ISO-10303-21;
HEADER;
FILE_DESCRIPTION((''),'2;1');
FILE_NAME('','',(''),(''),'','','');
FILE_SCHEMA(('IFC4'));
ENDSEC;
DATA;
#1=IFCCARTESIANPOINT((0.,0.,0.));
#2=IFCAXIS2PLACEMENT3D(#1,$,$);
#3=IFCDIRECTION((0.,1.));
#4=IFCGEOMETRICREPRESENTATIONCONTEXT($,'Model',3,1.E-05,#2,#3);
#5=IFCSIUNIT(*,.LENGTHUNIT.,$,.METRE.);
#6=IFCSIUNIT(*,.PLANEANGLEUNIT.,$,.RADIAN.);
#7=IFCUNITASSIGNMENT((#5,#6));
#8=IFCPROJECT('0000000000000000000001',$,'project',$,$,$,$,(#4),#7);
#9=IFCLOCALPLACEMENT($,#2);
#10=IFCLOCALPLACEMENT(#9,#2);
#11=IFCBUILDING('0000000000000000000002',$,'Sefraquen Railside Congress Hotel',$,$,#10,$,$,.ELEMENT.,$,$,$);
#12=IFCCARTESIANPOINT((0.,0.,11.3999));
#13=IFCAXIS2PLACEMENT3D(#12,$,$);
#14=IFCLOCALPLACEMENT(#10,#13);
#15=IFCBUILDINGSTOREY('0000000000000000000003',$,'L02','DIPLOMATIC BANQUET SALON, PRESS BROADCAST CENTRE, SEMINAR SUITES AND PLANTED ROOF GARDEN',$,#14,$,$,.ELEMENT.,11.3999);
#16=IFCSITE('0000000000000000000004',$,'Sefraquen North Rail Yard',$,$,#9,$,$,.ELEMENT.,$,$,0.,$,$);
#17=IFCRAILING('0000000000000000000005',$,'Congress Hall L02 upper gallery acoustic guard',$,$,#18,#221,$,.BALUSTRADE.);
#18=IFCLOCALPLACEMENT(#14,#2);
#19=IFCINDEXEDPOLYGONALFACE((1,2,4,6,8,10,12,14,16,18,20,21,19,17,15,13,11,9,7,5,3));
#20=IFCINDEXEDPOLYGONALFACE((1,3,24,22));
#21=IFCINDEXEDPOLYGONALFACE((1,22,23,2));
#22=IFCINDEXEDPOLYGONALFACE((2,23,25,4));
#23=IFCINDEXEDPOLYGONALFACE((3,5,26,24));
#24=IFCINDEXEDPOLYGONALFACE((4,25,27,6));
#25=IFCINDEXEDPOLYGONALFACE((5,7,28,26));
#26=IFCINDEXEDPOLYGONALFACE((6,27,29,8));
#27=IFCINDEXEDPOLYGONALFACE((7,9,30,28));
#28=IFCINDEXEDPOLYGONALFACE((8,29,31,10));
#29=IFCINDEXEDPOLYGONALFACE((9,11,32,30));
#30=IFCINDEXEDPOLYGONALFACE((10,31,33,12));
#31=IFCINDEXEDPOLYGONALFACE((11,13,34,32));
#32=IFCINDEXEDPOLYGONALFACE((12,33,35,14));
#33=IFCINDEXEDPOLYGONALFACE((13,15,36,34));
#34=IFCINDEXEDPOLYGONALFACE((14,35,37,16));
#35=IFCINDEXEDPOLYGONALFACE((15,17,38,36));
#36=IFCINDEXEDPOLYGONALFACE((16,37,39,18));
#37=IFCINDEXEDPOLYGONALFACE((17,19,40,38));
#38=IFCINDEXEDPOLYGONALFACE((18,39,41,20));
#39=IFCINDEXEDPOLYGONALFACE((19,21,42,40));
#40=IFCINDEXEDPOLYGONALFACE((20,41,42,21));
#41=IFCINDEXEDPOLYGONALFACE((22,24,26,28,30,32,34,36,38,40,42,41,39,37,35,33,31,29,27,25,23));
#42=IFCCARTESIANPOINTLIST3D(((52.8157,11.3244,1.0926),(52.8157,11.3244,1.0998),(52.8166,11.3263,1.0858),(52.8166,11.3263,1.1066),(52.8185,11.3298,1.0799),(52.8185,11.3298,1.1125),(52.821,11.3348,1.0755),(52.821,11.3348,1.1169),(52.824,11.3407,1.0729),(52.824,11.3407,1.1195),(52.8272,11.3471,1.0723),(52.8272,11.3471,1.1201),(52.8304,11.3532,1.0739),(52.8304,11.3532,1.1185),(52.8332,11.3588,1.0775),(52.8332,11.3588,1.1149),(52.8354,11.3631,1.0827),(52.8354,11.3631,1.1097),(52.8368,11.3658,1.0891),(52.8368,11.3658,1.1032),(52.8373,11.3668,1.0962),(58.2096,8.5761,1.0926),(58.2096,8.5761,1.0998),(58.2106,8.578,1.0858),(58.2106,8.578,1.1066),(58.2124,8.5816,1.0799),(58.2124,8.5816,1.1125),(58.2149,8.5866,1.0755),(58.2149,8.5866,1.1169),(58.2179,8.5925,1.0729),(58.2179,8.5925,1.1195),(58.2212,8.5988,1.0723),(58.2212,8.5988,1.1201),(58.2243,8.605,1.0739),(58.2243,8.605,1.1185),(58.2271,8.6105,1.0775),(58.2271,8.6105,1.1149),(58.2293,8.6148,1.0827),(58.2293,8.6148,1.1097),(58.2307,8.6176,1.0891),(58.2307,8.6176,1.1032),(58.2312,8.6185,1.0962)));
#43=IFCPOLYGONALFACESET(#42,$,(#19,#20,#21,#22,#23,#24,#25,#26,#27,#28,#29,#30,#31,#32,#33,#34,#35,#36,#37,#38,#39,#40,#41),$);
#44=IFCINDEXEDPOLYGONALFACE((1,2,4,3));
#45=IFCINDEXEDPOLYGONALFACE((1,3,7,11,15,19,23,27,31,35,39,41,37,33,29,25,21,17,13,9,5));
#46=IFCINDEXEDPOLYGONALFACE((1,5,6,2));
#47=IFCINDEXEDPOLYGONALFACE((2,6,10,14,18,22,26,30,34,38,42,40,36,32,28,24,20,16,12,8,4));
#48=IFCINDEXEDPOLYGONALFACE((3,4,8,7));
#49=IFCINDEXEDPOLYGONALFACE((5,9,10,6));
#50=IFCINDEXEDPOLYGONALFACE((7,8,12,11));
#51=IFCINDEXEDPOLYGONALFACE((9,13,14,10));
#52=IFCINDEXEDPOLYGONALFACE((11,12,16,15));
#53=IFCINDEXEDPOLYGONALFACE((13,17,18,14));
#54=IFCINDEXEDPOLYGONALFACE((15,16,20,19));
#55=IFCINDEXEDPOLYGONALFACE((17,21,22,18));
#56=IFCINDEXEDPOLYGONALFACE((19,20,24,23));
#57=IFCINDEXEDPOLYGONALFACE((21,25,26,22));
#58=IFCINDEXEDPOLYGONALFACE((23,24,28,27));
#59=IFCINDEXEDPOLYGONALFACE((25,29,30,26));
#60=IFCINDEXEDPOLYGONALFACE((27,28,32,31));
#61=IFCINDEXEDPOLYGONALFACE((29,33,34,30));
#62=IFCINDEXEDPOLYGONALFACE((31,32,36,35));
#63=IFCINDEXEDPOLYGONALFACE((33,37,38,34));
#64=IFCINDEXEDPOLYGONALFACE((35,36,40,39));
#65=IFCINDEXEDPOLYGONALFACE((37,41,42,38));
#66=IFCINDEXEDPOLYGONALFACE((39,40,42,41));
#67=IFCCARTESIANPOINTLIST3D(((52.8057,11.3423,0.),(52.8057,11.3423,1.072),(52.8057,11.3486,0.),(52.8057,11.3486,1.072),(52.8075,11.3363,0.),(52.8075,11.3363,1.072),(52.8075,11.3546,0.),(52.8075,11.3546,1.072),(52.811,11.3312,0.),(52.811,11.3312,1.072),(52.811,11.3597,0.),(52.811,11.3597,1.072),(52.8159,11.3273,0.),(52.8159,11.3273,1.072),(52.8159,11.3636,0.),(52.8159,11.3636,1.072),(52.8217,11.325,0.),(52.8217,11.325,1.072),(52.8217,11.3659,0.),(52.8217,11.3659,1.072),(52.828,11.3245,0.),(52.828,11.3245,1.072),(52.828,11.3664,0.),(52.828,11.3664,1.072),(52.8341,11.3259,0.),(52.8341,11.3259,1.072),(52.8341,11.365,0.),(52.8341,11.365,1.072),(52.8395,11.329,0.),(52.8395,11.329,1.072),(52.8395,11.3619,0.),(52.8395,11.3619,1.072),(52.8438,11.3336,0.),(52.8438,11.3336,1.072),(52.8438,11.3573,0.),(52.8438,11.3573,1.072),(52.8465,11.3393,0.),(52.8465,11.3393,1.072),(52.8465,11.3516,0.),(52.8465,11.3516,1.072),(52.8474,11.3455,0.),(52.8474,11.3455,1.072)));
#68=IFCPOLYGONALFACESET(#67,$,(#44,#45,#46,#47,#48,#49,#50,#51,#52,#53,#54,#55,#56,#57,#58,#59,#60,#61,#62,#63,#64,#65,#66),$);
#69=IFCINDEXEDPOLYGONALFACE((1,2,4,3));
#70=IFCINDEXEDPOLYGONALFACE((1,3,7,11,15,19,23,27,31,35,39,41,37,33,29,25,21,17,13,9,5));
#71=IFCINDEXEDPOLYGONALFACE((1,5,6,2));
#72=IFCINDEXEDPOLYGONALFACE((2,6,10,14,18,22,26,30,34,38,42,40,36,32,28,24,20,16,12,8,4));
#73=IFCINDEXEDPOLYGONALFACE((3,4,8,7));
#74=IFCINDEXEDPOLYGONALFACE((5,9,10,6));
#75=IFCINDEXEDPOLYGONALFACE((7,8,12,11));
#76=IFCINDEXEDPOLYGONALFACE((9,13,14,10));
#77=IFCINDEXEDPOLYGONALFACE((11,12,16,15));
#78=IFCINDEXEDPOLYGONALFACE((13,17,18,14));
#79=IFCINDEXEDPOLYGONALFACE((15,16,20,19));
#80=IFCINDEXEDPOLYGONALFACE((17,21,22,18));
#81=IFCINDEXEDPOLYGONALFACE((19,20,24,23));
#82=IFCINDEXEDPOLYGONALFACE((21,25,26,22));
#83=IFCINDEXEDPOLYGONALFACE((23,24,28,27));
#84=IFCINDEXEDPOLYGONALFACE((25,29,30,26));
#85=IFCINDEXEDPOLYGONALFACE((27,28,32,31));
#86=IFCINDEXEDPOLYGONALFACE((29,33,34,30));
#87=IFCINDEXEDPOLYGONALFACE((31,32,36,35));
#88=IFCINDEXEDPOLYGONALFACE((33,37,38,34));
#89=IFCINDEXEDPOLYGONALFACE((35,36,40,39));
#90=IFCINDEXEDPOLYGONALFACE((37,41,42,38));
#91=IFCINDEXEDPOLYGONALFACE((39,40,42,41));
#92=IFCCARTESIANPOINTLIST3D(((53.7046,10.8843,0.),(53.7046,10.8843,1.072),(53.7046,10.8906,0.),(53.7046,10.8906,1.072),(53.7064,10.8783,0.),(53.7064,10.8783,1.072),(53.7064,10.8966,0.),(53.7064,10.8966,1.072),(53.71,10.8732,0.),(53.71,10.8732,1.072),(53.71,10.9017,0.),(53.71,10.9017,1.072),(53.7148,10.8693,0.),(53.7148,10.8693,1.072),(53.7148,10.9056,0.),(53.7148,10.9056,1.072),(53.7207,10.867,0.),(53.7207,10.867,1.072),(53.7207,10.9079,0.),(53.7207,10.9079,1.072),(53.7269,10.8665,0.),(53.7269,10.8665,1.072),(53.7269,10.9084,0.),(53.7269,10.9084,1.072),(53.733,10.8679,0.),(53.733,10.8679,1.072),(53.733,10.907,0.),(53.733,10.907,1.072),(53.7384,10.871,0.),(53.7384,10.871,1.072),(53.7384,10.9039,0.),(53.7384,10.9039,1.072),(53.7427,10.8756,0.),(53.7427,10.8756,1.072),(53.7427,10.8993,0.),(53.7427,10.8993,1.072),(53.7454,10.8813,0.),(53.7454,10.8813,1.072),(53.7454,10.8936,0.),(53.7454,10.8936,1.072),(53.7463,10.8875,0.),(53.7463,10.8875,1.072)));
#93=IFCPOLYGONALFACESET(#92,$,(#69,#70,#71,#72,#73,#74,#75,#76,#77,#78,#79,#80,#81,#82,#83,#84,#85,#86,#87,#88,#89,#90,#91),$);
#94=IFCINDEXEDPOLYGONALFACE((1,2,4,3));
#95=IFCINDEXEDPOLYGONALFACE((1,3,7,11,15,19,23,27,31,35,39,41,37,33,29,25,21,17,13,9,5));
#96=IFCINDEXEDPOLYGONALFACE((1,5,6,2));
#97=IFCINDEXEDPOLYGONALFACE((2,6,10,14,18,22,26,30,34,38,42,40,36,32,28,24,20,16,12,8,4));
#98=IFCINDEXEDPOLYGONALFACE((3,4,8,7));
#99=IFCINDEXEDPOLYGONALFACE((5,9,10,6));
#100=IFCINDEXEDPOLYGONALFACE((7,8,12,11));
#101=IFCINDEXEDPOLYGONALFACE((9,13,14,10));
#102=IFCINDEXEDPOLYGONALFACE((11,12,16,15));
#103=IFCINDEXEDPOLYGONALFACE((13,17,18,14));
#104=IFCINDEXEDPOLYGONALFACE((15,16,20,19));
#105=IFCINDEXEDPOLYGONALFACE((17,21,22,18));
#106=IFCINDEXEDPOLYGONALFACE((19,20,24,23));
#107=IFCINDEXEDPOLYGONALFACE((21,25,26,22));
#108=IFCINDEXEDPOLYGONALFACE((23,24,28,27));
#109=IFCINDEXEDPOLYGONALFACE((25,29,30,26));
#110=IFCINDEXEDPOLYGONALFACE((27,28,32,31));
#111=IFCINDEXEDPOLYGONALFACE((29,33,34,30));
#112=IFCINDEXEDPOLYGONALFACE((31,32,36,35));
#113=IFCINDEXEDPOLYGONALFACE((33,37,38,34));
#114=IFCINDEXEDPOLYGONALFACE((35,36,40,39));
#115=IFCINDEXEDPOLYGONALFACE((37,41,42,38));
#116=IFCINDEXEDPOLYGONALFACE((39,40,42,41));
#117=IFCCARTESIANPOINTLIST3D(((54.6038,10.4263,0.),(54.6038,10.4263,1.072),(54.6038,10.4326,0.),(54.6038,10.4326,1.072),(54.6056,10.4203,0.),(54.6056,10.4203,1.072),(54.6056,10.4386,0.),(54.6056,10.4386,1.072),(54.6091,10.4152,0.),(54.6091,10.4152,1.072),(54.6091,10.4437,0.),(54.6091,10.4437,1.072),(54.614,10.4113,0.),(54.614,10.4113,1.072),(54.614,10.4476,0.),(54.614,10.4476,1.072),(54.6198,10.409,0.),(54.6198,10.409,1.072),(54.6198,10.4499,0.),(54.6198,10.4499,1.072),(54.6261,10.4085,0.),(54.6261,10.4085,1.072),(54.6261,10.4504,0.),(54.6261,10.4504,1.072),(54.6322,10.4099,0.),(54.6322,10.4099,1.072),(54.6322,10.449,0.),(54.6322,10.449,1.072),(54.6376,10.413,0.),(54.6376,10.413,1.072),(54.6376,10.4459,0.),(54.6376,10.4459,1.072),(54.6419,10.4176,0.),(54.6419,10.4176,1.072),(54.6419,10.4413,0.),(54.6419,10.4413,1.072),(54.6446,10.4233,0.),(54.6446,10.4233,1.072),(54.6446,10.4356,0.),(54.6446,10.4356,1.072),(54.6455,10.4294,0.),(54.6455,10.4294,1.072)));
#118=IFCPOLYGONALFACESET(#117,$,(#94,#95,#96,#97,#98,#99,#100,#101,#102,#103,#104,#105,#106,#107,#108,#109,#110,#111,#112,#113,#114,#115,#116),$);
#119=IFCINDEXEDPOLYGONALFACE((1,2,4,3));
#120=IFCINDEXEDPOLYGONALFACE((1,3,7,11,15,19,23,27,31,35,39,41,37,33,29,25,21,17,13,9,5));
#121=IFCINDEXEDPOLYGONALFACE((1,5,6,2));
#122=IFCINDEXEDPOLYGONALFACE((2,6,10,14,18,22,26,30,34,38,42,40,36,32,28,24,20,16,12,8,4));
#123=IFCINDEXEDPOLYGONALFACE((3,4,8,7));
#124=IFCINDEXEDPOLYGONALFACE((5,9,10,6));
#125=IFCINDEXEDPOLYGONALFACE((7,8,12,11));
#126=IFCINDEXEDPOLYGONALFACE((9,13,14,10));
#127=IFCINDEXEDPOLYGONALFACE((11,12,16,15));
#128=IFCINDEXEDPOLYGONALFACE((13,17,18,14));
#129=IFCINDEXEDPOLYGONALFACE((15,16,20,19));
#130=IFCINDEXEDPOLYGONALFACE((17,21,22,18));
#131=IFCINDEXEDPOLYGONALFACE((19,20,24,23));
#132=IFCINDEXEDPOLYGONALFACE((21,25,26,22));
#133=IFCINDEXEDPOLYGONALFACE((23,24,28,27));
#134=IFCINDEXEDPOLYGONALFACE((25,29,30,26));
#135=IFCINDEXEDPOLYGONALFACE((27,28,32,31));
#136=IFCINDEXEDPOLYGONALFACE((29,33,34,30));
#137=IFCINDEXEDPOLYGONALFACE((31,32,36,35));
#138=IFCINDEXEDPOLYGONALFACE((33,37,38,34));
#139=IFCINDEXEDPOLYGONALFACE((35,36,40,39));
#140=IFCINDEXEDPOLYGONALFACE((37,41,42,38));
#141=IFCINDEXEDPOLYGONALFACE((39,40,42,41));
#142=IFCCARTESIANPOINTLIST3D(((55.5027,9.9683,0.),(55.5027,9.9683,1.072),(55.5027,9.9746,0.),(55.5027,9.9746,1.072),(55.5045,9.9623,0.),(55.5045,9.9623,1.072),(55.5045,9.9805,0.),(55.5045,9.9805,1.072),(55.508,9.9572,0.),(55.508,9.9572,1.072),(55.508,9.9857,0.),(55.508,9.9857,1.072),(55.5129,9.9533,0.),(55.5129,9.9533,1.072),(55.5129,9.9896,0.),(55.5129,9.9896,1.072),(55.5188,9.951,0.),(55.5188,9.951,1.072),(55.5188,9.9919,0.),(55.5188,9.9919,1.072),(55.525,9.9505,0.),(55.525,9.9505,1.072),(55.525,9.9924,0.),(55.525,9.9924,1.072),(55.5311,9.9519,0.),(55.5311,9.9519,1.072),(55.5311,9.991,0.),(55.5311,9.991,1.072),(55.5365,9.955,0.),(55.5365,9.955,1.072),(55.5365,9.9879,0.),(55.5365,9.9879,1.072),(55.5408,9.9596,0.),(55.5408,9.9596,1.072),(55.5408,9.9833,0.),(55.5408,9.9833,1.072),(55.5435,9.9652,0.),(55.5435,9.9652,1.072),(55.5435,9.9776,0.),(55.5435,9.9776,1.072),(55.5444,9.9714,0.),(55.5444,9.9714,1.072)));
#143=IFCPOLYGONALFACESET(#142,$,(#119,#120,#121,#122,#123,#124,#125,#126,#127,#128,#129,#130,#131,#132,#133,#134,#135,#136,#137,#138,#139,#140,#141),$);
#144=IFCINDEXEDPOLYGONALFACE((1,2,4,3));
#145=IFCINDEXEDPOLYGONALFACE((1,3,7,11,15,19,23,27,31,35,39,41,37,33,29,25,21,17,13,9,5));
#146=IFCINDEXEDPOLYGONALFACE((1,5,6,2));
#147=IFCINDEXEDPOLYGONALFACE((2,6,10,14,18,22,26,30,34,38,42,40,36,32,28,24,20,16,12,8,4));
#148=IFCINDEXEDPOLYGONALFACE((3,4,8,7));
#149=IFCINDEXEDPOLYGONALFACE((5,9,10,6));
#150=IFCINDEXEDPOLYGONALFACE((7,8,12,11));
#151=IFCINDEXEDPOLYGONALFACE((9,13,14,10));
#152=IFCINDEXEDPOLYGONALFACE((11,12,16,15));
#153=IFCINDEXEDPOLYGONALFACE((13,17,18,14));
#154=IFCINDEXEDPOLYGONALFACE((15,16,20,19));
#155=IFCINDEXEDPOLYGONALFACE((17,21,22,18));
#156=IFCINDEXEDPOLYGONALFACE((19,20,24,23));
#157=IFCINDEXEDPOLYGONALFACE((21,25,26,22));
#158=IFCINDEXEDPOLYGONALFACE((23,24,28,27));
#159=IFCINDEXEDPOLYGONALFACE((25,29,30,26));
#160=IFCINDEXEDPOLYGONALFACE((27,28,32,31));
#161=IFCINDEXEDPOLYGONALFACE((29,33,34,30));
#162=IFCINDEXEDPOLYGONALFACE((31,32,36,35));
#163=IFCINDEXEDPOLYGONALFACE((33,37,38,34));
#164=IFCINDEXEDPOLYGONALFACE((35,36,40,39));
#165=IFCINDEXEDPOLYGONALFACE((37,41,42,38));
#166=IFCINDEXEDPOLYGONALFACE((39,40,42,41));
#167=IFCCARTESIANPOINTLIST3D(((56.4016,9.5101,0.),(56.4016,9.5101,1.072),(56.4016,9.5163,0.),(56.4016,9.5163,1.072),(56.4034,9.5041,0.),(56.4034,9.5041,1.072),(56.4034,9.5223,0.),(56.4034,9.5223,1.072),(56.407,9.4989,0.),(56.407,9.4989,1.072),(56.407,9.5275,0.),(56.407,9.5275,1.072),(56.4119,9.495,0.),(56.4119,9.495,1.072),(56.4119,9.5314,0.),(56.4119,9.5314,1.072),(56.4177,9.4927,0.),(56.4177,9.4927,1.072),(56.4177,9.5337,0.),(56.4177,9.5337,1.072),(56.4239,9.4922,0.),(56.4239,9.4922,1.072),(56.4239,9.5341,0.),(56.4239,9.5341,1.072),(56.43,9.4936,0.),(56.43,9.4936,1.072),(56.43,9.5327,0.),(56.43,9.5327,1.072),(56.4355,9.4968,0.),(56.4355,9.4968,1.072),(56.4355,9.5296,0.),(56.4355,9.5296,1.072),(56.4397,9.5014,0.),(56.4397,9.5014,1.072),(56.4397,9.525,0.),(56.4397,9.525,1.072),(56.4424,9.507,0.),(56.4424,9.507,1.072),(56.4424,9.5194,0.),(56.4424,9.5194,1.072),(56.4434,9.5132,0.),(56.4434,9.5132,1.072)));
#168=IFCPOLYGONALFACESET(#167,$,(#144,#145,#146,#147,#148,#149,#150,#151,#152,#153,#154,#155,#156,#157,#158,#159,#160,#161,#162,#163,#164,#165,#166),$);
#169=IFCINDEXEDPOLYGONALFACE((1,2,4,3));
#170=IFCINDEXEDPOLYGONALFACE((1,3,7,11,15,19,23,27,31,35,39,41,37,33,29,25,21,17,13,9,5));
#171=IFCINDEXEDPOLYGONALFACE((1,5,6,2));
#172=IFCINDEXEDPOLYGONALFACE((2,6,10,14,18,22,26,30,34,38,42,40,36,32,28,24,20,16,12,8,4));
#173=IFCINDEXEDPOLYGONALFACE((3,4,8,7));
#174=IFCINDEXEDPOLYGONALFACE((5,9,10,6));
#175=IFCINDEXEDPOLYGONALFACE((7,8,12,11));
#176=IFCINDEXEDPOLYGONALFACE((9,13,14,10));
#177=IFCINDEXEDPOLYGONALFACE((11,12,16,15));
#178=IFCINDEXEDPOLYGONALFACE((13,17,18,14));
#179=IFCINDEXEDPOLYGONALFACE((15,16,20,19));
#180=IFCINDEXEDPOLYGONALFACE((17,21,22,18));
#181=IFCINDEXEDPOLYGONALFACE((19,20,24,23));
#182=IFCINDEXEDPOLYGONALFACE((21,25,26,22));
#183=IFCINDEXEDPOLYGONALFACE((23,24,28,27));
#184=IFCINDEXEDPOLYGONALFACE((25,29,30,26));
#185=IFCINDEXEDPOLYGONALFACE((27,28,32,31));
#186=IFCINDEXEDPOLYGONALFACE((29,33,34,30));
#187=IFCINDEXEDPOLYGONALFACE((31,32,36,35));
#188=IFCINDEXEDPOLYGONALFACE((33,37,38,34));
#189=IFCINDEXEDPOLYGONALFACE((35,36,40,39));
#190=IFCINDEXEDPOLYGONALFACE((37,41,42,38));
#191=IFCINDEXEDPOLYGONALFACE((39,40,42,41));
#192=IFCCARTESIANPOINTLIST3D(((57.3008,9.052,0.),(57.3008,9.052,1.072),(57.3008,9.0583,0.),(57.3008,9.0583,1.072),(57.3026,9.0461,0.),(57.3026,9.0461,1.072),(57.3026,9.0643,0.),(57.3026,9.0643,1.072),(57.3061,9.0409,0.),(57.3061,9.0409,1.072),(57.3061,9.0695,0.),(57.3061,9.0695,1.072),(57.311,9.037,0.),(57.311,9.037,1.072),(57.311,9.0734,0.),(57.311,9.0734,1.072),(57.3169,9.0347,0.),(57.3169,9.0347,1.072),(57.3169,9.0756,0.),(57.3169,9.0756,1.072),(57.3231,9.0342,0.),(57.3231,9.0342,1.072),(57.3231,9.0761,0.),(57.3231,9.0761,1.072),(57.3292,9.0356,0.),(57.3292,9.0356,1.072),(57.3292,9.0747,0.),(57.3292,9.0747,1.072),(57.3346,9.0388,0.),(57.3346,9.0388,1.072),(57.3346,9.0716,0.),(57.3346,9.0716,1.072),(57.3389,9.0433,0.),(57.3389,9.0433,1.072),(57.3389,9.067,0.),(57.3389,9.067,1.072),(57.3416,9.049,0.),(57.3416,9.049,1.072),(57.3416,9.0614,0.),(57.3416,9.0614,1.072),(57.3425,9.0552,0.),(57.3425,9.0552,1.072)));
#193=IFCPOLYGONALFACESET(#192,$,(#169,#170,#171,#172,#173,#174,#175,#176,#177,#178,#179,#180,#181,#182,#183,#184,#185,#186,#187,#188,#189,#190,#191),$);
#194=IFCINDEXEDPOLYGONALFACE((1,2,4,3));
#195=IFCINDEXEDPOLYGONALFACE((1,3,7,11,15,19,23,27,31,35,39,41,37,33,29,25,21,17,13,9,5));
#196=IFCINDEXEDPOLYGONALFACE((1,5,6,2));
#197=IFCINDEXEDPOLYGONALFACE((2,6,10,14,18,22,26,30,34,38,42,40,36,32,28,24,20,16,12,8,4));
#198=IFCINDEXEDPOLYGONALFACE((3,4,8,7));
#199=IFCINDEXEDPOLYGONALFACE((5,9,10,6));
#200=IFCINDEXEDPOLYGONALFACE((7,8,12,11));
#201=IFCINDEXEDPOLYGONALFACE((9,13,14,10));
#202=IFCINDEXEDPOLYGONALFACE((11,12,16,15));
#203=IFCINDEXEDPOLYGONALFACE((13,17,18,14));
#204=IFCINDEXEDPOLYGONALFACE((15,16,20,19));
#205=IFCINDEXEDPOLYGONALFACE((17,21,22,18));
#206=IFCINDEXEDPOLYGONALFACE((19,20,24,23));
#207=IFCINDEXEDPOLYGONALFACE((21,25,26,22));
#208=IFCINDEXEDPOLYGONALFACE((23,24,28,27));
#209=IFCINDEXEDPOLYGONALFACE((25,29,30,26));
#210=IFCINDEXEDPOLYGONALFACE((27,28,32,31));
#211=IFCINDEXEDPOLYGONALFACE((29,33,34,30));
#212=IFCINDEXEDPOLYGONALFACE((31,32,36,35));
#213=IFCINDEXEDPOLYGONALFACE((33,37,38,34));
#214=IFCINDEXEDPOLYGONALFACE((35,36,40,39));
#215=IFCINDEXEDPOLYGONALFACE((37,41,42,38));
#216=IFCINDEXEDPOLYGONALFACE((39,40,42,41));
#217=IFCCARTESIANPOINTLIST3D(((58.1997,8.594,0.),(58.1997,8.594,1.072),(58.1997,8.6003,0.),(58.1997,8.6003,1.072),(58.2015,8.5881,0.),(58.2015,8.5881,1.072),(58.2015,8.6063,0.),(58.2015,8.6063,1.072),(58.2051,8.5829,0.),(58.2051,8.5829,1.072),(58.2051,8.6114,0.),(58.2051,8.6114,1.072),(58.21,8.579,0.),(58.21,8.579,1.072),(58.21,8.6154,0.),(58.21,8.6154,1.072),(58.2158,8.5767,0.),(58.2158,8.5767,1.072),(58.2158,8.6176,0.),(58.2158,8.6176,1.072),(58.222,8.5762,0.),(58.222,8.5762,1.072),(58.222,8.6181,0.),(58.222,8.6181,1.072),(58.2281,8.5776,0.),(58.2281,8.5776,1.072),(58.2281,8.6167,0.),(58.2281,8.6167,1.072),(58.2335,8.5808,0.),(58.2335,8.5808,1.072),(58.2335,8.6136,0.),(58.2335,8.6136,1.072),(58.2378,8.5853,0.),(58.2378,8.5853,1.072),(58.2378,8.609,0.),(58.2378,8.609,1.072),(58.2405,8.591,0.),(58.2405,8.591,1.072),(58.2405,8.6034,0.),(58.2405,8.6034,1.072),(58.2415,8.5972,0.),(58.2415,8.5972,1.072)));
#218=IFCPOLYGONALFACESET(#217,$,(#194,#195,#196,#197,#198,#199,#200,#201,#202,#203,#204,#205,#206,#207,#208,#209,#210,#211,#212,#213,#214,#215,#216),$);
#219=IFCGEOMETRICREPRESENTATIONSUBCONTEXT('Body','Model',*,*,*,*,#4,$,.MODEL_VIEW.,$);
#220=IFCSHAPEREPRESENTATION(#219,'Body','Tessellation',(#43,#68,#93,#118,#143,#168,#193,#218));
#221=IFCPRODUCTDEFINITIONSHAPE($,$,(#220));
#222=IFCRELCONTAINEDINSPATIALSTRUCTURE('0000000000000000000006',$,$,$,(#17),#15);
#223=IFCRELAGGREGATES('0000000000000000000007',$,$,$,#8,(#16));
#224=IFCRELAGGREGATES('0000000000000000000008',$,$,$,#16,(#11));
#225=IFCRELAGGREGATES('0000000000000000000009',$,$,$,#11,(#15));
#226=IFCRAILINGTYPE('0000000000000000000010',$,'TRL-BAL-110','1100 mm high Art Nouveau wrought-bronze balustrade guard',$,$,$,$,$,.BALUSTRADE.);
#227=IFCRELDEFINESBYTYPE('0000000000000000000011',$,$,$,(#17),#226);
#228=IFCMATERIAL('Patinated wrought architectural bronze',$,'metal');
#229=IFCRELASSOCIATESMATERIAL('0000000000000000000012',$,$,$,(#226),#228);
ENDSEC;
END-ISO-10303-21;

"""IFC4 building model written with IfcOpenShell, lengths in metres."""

from ifc_helpers import new_model, si_unit, direction, frame, origin, origin_2d, place, context, subcontext, project, spatial, circle, extrude, material, type_object, element, save


model = new_model("IFC4")

# Units and contexts
model_context = context("Model", 3, precision=1e-05, world=origin(), true_north=direction((0.0, 1.0)))
body_context = subcontext(model_context, "Body", "Model", "MODEL_VIEW")
ifc_project = project(units=[si_unit("LENGTHUNIT", "METRE"), si_unit("PLANEANGLEUNIT", "RADIAN")], contexts=[model_context])

# Site, building, storey
site_placement = place(None, origin())
site = spatial("IfcSite", under=ifc_project, at=site_placement, Name="Sefraquen North Rail Yard", CompositionType="ELEMENT", RefElevation=0.0)
building_placement = place(site_placement, origin())
building = spatial("IfcBuilding", under=site, at=building_placement, Name="Sefraquen Railside Congress Hotel", CompositionType="ELEMENT")
storey_placement = place(building_placement, frame((0.0, 0.0, 11.3999)))
storey = spatial("IfcBuildingStorey", under=building, at=storey_placement, Name="L02", Description="DIPLOMATIC BANQUET SALON, PRESS BROADCAST CENTRE, SEMINAR SUITES AND PLANTED ROOF GARDEN", CompositionType="ELEMENT", Elevation=11.3999)

# Railing
ifc_material_1 = material(Name="Patinated wrought architectural bronze", Category="metal")
railing_type = type_object("IfcRailingType", Name="TRL-BAL-110", Description="1100 mm high Art Nouveau wrought-bronze balustrade guard", PredefinedType="BALUSTRADE", material=ifc_material_1)
railing_1_placement = place(storey_placement, frame((52.8264, 11.3455, 0.0)))
element("IfcRailing", 1, at=railing_1_placement, inside=storey, type_object=railing_type, Name="Congress Hall L02 upper gallery acoustic guard", PredefinedType="BALUSTRADE", context=body_context, shape_type="SweptSolid", body=[
    extrude(circle(Radius=0.0239, at=origin_2d()), frame((0.0, 0.0, 1.0962), z_axis=(0.891014, -0.453976, 0.0), x_axis=(0.453976, 0.891014, 0.0)), (0.0, 0.0, 1.0), 6.0537),
    extrude(circle(Radius=0.021, at=origin_2d()), origin(), (0.0, 0.0, 1.0), 1.072),
    extrude(circle(Radius=0.021, at=origin_2d()), frame((0.8989, -0.458, 0.0)), (0.0, 0.0, 1.0), 1.072),
    extrude(circle(Radius=0.021, at=origin_2d()), frame((1.7981, -0.916, 0.0)), (0.0, 0.0, 1.0), 1.072),
    extrude(circle(Radius=0.021, at=origin_2d()), frame((2.697, -1.374, 0.0)), (0.0, 0.0, 1.0), 1.072),
    extrude(circle(Radius=0.021, at=origin_2d()), frame((3.5959, -1.8323, 0.0)), (0.0, 0.0, 1.0), 1.072),
    extrude(circle(Radius=0.021, at=origin_2d()), frame((4.4951, -2.2903, 0.0)), (0.0, 0.0, 1.0), 1.072),
    extrude(circle(Radius=0.021, at=origin_2d()), frame((5.394, -2.7483, 0.0)), (0.0, 0.0, 1.0), 1.072),
])

save(model, "model.ifc")
